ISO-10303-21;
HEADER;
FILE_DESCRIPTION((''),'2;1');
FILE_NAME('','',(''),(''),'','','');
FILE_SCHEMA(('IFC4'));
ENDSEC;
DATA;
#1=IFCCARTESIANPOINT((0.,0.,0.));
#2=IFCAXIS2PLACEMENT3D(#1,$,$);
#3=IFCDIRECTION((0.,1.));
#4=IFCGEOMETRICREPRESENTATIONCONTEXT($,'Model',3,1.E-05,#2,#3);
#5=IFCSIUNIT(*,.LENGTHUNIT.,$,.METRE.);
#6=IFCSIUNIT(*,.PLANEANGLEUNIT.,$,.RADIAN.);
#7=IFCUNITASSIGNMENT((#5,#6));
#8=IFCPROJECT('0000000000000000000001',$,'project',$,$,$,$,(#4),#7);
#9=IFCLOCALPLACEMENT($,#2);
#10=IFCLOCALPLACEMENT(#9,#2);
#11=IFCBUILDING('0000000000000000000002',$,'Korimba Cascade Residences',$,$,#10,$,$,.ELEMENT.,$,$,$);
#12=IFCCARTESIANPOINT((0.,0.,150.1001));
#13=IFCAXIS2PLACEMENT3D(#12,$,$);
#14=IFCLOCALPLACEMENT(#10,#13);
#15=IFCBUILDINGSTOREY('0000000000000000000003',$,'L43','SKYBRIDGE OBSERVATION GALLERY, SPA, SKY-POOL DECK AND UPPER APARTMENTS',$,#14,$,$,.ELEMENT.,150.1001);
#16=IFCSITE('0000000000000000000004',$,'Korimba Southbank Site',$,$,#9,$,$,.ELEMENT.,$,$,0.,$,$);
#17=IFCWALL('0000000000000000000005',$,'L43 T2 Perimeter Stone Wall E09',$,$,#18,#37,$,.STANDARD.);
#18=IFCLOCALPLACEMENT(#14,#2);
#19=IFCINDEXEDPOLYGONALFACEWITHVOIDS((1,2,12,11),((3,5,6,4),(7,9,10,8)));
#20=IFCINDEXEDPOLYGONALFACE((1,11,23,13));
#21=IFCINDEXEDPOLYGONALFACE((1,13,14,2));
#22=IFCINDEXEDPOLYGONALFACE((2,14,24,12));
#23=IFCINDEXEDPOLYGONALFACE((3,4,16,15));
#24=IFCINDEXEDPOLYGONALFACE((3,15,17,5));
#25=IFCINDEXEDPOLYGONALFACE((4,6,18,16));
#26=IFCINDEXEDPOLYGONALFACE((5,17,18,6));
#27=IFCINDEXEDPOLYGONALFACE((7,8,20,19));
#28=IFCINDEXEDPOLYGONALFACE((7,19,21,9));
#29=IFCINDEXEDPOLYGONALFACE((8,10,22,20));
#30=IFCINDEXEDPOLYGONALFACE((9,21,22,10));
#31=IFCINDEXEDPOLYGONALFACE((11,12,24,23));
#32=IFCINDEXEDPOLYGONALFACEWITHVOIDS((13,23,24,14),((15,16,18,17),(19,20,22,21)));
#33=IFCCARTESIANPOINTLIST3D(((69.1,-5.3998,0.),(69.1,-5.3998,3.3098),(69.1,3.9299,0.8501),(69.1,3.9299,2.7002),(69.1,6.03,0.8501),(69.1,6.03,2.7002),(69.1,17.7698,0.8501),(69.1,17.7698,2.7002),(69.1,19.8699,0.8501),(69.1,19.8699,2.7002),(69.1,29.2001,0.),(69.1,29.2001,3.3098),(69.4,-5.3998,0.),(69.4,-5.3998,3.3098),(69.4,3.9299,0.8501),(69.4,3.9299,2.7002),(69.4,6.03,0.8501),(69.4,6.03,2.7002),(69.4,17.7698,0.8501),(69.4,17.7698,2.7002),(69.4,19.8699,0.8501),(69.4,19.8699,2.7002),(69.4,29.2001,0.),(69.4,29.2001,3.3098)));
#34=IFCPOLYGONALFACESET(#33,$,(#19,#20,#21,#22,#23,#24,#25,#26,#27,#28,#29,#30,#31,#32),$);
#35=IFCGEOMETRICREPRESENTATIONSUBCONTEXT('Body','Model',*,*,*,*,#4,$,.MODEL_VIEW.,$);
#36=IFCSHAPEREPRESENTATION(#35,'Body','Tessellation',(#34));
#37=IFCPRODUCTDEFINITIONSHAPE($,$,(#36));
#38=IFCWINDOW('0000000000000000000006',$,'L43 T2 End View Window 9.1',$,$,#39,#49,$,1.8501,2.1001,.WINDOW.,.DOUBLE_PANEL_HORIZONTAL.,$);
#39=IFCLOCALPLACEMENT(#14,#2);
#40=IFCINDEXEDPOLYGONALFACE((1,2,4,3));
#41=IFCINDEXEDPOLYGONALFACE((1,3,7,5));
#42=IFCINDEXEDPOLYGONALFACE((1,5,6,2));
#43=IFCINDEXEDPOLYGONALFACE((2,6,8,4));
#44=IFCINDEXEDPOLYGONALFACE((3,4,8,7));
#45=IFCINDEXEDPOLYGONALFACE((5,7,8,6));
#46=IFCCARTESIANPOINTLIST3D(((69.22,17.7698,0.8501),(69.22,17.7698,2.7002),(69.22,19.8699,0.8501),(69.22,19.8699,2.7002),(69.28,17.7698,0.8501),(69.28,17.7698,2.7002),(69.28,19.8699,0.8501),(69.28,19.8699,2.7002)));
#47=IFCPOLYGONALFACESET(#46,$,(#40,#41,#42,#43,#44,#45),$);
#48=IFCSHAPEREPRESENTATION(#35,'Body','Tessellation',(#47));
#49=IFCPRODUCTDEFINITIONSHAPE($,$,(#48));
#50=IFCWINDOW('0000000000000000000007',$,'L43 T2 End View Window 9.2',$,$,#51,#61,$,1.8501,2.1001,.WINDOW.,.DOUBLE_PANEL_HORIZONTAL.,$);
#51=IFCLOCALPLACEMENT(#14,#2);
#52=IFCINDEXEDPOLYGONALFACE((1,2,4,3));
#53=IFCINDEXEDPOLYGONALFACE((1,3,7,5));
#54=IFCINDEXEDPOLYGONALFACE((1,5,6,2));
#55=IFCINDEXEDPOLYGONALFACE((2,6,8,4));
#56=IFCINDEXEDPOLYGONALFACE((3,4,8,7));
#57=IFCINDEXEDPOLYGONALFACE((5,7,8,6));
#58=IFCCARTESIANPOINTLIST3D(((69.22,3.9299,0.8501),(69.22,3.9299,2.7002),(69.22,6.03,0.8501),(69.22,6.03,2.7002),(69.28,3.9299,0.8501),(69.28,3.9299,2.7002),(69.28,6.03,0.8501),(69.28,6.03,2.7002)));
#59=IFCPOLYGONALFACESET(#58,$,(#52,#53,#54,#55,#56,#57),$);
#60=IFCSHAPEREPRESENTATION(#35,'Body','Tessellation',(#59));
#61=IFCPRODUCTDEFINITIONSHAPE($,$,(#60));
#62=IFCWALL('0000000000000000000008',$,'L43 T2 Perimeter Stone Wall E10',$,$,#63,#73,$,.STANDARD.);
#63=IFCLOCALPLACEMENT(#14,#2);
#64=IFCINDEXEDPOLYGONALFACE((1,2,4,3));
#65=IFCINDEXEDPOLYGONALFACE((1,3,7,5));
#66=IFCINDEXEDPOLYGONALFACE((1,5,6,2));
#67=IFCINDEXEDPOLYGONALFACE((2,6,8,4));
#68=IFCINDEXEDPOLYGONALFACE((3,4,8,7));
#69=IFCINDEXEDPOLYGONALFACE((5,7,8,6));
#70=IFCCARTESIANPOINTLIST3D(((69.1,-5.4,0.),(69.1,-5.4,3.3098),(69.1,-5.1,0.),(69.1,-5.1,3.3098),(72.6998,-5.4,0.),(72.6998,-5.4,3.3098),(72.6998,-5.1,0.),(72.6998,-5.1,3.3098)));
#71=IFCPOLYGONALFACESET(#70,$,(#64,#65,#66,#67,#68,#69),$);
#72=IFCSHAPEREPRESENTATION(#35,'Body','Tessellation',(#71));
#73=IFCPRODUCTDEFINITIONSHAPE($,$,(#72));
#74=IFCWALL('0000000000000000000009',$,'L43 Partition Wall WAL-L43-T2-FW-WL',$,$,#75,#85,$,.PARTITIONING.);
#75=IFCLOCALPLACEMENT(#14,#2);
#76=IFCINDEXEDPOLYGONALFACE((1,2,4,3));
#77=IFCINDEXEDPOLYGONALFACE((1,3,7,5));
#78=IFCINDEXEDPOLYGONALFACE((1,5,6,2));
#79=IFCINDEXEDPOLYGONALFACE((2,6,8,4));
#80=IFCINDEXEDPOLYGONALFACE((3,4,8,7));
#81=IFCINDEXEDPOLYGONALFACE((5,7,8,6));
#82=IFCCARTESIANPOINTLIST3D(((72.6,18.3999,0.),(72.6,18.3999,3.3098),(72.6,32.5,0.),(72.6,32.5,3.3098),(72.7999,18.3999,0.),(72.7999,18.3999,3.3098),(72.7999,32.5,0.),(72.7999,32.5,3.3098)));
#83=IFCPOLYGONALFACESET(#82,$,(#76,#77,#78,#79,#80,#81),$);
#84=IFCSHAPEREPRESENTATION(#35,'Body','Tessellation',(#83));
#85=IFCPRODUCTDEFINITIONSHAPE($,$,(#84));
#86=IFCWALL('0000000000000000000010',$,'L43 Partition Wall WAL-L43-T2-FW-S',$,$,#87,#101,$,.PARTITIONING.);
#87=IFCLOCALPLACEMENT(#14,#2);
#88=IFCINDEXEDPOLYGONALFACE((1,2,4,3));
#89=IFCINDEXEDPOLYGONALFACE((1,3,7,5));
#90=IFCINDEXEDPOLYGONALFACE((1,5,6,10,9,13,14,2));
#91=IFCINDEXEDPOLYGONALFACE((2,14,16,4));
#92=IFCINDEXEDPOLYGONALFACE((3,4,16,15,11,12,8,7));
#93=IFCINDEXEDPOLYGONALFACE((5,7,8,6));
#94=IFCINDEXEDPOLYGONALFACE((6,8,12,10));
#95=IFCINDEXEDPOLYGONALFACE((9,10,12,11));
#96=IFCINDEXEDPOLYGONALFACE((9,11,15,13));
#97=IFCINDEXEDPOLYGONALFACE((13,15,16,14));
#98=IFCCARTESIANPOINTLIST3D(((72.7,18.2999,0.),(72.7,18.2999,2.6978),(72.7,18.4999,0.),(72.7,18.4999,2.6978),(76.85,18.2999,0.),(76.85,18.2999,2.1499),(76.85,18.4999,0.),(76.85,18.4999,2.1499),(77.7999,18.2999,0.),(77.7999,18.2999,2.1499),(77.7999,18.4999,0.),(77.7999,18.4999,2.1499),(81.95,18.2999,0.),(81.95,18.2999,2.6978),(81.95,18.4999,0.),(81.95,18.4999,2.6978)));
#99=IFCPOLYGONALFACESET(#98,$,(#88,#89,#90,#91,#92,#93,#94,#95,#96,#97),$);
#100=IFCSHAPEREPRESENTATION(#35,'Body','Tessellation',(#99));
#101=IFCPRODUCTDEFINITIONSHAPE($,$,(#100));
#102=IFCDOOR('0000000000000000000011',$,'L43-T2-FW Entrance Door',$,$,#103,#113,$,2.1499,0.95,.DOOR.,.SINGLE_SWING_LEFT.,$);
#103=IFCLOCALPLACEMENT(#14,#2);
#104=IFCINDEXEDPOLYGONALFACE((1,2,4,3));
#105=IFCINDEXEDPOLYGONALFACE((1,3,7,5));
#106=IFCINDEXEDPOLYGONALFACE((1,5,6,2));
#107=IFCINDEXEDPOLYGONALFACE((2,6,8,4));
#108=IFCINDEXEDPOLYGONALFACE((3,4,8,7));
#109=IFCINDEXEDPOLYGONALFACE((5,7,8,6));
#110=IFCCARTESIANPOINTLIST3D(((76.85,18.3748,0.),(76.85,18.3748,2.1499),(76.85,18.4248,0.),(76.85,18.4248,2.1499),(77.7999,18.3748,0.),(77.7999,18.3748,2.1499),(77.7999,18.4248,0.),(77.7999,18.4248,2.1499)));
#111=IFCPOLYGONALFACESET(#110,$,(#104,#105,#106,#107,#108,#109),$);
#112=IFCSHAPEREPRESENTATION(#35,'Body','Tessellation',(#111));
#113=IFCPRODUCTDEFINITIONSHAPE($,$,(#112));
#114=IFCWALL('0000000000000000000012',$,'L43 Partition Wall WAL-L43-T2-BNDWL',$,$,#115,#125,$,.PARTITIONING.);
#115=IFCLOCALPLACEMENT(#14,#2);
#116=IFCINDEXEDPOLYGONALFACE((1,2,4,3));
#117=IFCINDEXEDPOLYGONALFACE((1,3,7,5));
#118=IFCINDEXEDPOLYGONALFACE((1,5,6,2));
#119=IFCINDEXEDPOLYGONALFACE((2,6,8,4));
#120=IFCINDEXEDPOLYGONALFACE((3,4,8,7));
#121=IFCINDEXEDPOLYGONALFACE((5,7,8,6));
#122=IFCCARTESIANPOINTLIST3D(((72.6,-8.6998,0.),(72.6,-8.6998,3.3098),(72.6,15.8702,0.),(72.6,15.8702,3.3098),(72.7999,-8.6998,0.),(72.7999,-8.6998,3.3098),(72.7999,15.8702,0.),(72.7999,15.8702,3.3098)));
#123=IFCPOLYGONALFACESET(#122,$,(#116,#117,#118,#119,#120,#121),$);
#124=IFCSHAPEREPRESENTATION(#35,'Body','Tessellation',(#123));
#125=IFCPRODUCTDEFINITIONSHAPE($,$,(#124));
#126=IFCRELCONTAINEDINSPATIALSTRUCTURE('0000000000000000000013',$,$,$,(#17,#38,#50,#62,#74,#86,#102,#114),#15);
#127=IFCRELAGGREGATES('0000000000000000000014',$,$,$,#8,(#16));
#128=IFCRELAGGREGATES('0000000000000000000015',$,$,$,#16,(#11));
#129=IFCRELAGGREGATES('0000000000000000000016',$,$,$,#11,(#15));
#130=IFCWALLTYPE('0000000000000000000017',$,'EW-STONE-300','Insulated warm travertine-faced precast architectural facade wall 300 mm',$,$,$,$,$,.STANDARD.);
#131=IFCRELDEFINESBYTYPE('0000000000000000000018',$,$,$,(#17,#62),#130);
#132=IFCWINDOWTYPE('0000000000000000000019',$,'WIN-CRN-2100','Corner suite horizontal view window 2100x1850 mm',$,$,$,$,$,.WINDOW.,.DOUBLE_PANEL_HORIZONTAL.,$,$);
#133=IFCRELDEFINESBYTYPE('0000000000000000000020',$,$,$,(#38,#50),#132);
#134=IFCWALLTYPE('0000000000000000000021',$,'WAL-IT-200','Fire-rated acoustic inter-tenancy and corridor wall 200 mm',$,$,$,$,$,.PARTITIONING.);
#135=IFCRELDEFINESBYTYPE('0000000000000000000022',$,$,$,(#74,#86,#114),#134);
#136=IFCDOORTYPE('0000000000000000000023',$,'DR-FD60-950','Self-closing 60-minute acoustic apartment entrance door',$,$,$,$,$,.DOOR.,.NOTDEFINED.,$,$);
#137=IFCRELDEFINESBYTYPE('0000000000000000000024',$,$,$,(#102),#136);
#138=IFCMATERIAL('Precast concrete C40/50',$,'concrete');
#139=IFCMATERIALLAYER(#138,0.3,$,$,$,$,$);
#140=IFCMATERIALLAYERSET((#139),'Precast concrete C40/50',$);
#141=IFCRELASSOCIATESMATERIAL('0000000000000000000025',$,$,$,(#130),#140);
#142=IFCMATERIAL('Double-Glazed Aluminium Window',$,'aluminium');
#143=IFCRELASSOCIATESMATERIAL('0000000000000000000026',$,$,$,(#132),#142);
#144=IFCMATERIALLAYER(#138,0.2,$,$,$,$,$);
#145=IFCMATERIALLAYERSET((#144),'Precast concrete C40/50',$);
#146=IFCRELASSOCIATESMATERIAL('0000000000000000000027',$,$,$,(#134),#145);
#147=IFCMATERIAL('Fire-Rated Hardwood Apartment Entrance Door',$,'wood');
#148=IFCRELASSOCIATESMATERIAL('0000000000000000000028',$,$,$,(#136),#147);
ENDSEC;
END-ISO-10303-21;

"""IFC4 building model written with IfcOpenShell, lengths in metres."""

from ifc_helpers import new_model, si_unit, direction, frame, frame_2d, origin, place, context, subcontext, project, spatial, rectangle, extrude, material, layer, layer_set, type_object, element, fill, save


model = new_model("IFC4")

# Units and contexts
model_context = context("Model", 3, precision=1e-05, world=origin(), true_north=direction((0.0, 1.0)))
body_context = subcontext(model_context, "Body", "Model", "MODEL_VIEW")
ifc_project = project(units=[si_unit("LENGTHUNIT", "METRE"), si_unit("PLANEANGLEUNIT", "RADIAN")], contexts=[model_context])

# Site, building, storey
site_placement = place(None, origin())
site = spatial("IfcSite", under=ifc_project, at=site_placement, Name="Korimba Southbank Site", CompositionType="ELEMENT", RefElevation=0.0)
building_placement = place(site_placement, origin())
building = spatial("IfcBuilding", under=site, at=building_placement, Name="Korimba Cascade Residences", CompositionType="ELEMENT")
storey_placement = place(building_placement, frame((0.0, 0.0, 150.1001)))
storey = spatial("IfcBuildingStorey", under=building, at=storey_placement, Name="L43", Description="SKYBRIDGE OBSERVATION GALLERY, SPA, SKY-POOL DECK AND UPPER APARTMENTS", CompositionType="ELEMENT", Elevation=150.1001)

# Shared definitions
ifc_material_1 = material(Name="Precast concrete C40/50", Category="concrete")
ifc_material_2 = material(Name="Double-Glazed Aluminium Window", Category="aluminium")

# Wall, openings, windows
ifc_layer_1 = layer(ifc_material_1, 0.3)
ifc_layer_set_1 = layer_set([ifc_layer_1], Name="Precast concrete C40/50")
wall_type_1 = type_object("IfcWallType", Name="EW-STONE-300", Description="Insulated warm travertine-faced precast architectural facade wall 300 mm", PredefinedType="STANDARD", material=ifc_layer_set_1)
wall_1_placement = place(storey_placement, frame((69.25, 29.2, 0.0), z_axis=(0.0, 0.0, 1.0), x_axis=(0.0, -1.0, 0.0)))
wall_1 = element("IfcWall", 1, at=wall_1_placement, inside=storey, type_object=wall_type_1, Name="L43 T2 Perimeter Stone Wall E09", PredefinedType="STANDARD", context=body_context, shape_type="SweptSolid", body=[
    extrude(rectangle(XDim=34.5999, YDim=0.3, at=frame_2d((17.2998, 0.0))), origin(), (0.0, 0.0, 1.0), 3.3098),
])
opening_1_placement = place(wall_1_placement, frame((9.3301, 0.0, 0.8501)))
opening_1 = element("IfcOpeningElement", 2, at=opening_1_placement, cuts=wall_1, PredefinedType="OPENING", context=body_context, shape_type="SweptSolid", body=[
    extrude(rectangle(XDim=2.1001, YDim=1.8501, at=frame_2d((1.05, 0.925))), frame((0.0, 0.1602, 0.0), z_axis=(0.0, -1.0, 0.0), x_axis=(1.0, 0.0, 0.0)), (0.0, 0.0, 1.0), 0.3201),
])
opening_2_placement = place(wall_1_placement, frame((23.1699, 0.0, 0.8501)))
opening_2 = element("IfcOpeningElement", 3, at=opening_2_placement, cuts=wall_1, PredefinedType="OPENING", context=body_context, shape_type="SweptSolid", body=[
    extrude(rectangle(XDim=2.1001, YDim=1.8501, at=frame_2d((1.05, 0.925))), frame((0.0, 0.1602, 0.0), z_axis=(0.0, -1.0, 0.0), x_axis=(1.0, 0.0, 0.0)), (0.0, 0.0, 1.0), 0.3201),
])
window_type_1 = type_object("IfcWindowType", Name="WIN-CRN-2100", Description="Corner suite horizontal view window 2100x1850 mm", PartitioningType="DOUBLE_PANEL_HORIZONTAL", PredefinedType="WINDOW", material=ifc_material_2)
window_1_placement = place(opening_1_placement, origin())
window_1 = element("IfcWindow", 4, at=window_1_placement, inside=storey, type_object=window_type_1, Name="L43 T2 End View Window 9.1", OverallHeight=1.8501, OverallWidth=2.1001, PartitioningType="DOUBLE_PANEL_HORIZONTAL", PredefinedType="WINDOW", context=body_context, shape_type="SweptSolid", body=[
    extrude(rectangle(XDim=2.1001, YDim=1.8501, at=frame_2d((1.05, 0.925))), frame((0.0, 0.03, 0.0), z_axis=(0.0, -1.0, 0.0), x_axis=(1.0, 0.0, 0.0)), (0.0, 0.0, 1.0), 0.0601),
])
fill(opening_1, window_1)
window_2_placement = place(opening_2_placement, origin())
window_2 = element("IfcWindow", 5, at=window_2_placement, inside=storey, type_object=window_type_1, Name="L43 T2 End View Window 9.2", OverallHeight=1.8501, OverallWidth=2.1001, PartitioningType="DOUBLE_PANEL_HORIZONTAL", PredefinedType="WINDOW", context=body_context, shape_type="SweptSolid", body=[
    extrude(rectangle(XDim=2.1001, YDim=1.8501, at=frame_2d((1.05, 0.925))), frame((0.0, 0.03, 0.0), z_axis=(0.0, -1.0, 0.0), x_axis=(1.0, 0.0, 0.0)), (0.0, 0.0, 1.0), 0.0601),
])
fill(opening_2, window_2)

# Walls
wall_2_placement = place(storey_placement, frame((69.1001, -5.25, 0.0), z_axis=(0.0, 0.0, 1.0), x_axis=(1.0, 0.0, 0.0)))
element("IfcWall", 6, at=wall_2_placement, inside=storey, type_object=wall_type_1, Name="L43 T2 Perimeter Stone Wall E10", PredefinedType="STANDARD", context=body_context, shape_type="SweptSolid", body=[
    extrude(rectangle(XDim=3.5999, YDim=0.3, at=frame_2d((1.7998, 0.0))), origin(), (0.0, 0.0, 1.0), 3.3098),
])
ifc_layer_2 = layer(ifc_material_1, 0.2)
ifc_layer_set_2 = layer_set([ifc_layer_2], Name="Precast concrete C40/50")
wall_type_2 = type_object("IfcWallType", Name="WAL-IT-200", Description="Fire-rated acoustic inter-tenancy and corridor wall 200 mm", PredefinedType="PARTITIONING", material=ifc_layer_set_2)
wall_3_placement = place(storey_placement, frame((72.7, 18.3999, 0.0), z_axis=(0.0, 0.0, 1.0), x_axis=(0.0, 1.0, 0.0)))
element("IfcWall", 7, at=wall_3_placement, inside=storey, type_object=wall_type_2, Name="L43 Partition Wall WAL-L43-T2-FW-WL", PredefinedType="PARTITIONING", context=body_context, shape_type="SweptSolid", body=[
    extrude(rectangle(XDim=14.1001, YDim=0.2, at=frame_2d((7.05, 0.0))), origin(), (0.0, 0.0, 1.0), 3.3098),
])

# Wall, opening, door
wall_4_placement = place(storey_placement, frame((72.7, 18.3999, 0.0), z_axis=(0.0, 0.0, 1.0), x_axis=(1.0, 0.0, 0.0)))
wall_4 = element("IfcWall", 8, at=wall_4_placement, inside=storey, type_object=wall_type_2, Name="L43 Partition Wall WAL-L43-T2-FW-S", PredefinedType="PARTITIONING", context=body_context, shape_type="SweptSolid", body=[
    extrude(rectangle(XDim=9.25, YDim=0.2, at=frame_2d((4.625, 0.0))), origin(), (0.0, 0.0, 1.0), 2.6978),
])
opening_3_placement = place(wall_4_placement, frame((4.1499, 0.0, 0.0)))
opening_3 = element("IfcOpeningElement", 9, at=opening_3_placement, cuts=wall_4, PredefinedType="OPENING", context=body_context, shape_type="SweptSolid", body=[
    extrude(rectangle(XDim=0.95, YDim=2.1499, at=frame_2d((0.4751, 1.075))), frame((0.0, 0.1099, 0.0), z_axis=(0.0, -1.0, 0.0), x_axis=(1.0, 0.0, 0.0)), (0.0, 0.0, 1.0), 0.22),
])
ifc_material_3 = material(Name="Fire-Rated Hardwood Apartment Entrance Door", Category="wood")
door_type_1 = type_object("IfcDoorType", Name="DR-FD60-950", Description="Self-closing 60-minute acoustic apartment entrance door", OperationType="NOTDEFINED", PredefinedType="DOOR", material=ifc_material_3)
door_1_placement = place(opening_3_placement, origin())
door_1 = element("IfcDoor", 10, at=door_1_placement, inside=storey, type_object=door_type_1, Name="L43-T2-FW Entrance Door", OperationType="SINGLE_SWING_LEFT", OverallHeight=2.1499, OverallWidth=0.95, PredefinedType="DOOR", context=body_context, shape_type="SweptSolid", body=[
    extrude(rectangle(XDim=0.95, YDim=2.1499, at=frame_2d((0.4751, 1.075))), frame((0.0, 0.0249, 0.0), z_axis=(0.0, -1.0, 0.0), x_axis=(1.0, 0.0, 0.0)), (0.0, 0.0, 1.0), 0.05),
])
fill(opening_3, door_1)

# Wall
wall_5_placement = place(storey_placement, frame((72.7, -8.7, 0.0), z_axis=(0.0, 0.0, 1.0), x_axis=(0.0, 1.0, 0.0)))
element("IfcWall", 11, at=wall_5_placement, inside=storey, type_object=wall_type_2, Name="L43 Partition Wall WAL-L43-T2-BNDWL", PredefinedType="PARTITIONING", context=body_context, shape_type="SweptSolid", body=[
    extrude(rectangle(XDim=24.5701, YDim=0.2, at=frame_2d((12.2852, 0.0))), origin(), (0.0, 0.0, 1.0), 3.3098),
])

save(model, "model.ifc")
